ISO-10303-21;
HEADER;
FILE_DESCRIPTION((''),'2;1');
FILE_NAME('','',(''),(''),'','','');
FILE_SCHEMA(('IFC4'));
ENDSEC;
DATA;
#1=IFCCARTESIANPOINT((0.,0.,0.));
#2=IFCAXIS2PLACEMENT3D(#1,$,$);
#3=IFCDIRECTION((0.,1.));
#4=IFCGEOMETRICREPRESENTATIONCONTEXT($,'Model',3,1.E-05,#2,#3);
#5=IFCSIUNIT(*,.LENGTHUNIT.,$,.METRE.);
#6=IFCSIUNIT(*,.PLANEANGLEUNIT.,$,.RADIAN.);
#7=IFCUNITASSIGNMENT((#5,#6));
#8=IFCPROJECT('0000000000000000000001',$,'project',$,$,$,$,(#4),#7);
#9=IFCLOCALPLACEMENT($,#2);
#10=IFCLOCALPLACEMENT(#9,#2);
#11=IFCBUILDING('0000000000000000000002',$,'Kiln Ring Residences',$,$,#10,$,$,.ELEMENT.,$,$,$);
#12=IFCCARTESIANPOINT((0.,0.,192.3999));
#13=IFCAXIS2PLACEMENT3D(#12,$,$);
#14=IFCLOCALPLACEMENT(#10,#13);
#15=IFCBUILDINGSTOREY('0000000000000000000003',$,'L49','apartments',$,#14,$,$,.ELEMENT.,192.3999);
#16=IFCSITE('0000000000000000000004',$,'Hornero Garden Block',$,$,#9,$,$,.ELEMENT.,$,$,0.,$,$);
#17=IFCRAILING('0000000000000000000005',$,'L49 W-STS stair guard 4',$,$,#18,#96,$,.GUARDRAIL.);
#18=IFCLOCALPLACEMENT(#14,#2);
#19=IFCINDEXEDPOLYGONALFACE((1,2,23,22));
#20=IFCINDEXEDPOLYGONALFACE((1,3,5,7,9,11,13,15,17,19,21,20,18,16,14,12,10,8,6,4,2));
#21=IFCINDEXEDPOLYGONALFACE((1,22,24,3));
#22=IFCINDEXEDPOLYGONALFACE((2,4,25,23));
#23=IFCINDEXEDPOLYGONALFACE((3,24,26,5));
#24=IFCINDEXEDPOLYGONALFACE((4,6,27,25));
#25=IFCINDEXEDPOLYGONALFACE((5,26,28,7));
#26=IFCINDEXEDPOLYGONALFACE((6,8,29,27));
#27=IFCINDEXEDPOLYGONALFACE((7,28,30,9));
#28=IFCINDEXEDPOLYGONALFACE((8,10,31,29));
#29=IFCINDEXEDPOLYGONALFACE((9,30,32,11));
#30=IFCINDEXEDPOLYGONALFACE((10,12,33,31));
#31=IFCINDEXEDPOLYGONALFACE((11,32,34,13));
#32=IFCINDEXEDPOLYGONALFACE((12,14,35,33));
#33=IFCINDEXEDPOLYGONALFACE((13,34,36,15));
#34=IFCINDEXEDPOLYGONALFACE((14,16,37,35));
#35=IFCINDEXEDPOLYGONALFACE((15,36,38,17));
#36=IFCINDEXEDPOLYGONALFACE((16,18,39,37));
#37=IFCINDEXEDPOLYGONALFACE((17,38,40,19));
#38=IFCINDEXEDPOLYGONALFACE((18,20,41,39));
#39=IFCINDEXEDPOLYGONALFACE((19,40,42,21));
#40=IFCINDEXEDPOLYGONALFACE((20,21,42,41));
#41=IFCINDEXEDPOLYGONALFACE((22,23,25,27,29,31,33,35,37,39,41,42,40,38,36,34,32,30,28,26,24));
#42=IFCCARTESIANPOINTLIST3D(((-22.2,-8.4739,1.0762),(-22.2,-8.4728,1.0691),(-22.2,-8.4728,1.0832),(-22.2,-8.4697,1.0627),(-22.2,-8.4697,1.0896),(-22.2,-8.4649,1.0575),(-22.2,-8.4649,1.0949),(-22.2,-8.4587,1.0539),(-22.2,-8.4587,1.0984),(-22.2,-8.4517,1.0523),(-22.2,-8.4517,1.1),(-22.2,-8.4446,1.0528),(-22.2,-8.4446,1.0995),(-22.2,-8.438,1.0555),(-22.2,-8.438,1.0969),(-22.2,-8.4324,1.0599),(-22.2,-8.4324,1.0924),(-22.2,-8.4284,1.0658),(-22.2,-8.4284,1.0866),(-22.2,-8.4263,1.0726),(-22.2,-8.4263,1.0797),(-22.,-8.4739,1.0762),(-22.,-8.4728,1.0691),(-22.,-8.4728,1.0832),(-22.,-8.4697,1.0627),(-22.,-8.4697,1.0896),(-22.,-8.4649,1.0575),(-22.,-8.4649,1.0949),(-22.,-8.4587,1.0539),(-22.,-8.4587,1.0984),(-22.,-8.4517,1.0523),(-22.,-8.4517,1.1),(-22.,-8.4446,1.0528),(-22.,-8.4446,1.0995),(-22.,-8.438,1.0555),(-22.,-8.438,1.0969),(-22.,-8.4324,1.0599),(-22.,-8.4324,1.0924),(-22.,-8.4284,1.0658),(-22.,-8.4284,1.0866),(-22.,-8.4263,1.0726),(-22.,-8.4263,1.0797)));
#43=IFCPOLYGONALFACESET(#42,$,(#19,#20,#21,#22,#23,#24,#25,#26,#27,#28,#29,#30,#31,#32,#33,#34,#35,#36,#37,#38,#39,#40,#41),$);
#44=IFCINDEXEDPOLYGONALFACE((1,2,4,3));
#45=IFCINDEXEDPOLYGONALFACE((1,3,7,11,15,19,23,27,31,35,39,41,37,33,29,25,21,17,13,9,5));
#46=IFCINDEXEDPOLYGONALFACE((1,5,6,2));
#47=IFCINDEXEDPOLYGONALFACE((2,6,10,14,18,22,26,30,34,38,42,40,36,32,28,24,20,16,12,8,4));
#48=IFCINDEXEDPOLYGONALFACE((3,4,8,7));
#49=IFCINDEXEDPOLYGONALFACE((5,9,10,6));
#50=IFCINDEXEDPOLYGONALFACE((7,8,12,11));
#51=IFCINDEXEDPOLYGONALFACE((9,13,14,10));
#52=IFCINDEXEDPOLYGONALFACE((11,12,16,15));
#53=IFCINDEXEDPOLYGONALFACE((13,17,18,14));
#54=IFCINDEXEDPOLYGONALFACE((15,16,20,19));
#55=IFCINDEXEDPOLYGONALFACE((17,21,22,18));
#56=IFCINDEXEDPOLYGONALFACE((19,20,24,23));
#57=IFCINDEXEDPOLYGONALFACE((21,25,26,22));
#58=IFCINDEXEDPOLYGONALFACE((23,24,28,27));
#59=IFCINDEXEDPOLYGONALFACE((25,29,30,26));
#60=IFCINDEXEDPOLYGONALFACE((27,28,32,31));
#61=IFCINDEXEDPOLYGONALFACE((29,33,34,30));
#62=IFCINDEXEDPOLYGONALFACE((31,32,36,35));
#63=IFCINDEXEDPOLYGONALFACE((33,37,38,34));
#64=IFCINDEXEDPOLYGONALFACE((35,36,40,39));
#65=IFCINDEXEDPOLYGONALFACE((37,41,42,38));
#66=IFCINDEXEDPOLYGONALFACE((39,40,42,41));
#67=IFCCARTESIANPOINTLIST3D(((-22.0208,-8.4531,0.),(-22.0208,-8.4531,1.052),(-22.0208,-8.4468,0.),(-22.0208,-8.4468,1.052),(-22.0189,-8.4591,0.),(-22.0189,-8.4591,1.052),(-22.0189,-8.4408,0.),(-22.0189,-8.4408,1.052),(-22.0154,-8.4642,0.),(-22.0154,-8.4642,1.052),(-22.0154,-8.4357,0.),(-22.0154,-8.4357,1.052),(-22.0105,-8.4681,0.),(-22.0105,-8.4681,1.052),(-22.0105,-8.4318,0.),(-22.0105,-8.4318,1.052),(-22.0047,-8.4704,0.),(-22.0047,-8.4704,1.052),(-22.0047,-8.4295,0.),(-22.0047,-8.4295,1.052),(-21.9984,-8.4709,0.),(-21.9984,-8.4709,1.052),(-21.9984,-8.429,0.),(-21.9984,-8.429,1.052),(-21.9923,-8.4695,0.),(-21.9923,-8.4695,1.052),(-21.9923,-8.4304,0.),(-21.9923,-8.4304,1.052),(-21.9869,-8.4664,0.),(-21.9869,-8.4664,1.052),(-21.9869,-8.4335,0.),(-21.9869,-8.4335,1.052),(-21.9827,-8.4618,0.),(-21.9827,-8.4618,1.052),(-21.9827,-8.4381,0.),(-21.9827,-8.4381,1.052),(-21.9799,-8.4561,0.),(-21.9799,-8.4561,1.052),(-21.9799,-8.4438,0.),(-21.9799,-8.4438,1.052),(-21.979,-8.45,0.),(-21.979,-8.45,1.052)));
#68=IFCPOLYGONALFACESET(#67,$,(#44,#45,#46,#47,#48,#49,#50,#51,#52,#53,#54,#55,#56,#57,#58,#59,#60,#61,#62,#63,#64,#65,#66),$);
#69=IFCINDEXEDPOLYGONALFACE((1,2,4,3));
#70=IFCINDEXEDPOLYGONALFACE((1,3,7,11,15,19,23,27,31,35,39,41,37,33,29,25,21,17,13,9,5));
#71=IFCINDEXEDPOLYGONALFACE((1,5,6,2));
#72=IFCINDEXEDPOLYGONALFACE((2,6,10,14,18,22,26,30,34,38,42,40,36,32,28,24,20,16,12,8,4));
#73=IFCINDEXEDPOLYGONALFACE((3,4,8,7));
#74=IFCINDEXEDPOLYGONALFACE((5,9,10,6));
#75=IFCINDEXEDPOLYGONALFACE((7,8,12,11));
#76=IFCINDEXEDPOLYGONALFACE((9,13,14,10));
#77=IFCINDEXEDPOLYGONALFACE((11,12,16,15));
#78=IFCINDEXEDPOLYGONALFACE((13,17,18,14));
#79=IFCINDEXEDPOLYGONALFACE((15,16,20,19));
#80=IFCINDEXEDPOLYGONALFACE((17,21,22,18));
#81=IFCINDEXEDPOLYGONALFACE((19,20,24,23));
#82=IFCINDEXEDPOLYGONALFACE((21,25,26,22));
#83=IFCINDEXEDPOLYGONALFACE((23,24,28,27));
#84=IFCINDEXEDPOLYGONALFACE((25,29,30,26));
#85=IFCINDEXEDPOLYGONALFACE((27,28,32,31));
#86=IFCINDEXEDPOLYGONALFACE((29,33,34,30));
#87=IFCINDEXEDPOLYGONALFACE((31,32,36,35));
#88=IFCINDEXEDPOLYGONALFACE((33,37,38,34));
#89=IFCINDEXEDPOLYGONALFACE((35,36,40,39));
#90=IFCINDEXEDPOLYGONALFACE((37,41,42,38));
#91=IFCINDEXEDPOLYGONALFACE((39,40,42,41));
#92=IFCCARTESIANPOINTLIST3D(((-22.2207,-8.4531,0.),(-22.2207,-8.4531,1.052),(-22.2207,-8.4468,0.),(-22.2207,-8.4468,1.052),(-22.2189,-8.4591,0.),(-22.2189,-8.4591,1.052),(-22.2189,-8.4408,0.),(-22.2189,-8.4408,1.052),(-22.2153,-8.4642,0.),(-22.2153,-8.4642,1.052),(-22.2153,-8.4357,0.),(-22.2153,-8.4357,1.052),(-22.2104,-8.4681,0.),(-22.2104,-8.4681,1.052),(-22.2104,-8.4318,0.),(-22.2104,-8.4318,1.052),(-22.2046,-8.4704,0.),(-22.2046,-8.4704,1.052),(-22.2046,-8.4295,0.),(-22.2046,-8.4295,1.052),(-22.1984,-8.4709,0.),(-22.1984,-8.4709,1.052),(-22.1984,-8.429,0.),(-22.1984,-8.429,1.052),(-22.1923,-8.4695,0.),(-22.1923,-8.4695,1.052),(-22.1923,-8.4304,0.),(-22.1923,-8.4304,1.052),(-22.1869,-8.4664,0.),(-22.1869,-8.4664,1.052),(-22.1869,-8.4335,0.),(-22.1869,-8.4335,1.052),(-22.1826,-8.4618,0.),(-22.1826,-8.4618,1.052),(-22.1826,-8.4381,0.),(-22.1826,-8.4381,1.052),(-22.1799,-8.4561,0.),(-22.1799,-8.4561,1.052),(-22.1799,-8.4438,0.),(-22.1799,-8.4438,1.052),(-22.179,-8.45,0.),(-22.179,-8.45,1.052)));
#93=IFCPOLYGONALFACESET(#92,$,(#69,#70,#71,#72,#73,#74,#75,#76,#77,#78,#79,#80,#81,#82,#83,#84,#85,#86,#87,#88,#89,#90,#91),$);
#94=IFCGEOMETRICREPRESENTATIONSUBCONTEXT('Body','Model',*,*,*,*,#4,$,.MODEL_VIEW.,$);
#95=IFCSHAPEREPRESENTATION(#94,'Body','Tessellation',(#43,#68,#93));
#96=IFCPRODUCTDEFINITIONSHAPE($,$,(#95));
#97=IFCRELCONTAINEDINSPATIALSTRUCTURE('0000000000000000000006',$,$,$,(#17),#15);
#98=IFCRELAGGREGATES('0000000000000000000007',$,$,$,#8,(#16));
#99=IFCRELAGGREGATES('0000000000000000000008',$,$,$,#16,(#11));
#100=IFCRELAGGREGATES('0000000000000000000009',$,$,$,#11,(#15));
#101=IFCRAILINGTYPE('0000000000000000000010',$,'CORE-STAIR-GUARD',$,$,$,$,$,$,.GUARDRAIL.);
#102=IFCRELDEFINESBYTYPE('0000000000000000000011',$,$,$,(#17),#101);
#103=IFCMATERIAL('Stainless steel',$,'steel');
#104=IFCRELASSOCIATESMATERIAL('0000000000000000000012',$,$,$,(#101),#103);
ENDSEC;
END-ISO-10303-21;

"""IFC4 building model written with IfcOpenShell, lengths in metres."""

from ifc_helpers import new_model, si_unit, direction, frame, origin, origin_2d, place, context, subcontext, project, spatial, circle, extrude, material, type_object, element, save


model = new_model("IFC4")

# Units and contexts
model_context = context("Model", 3, precision=1e-05, world=origin(), true_north=direction((0.0, 1.0)))
body_context = subcontext(model_context, "Body", "Model", "MODEL_VIEW")
ifc_project = project(units=[si_unit("LENGTHUNIT", "METRE"), si_unit("PLANEANGLEUNIT", "RADIAN")], contexts=[model_context])

# Site, building, storey
site_placement = place(None, origin())
site = spatial("IfcSite", under=ifc_project, at=site_placement, Name="Hornero Garden Block", CompositionType="ELEMENT", RefElevation=0.0)
building_placement = place(site_placement, origin())
building = spatial("IfcBuilding", under=site, at=building_placement, Name="Kiln Ring Residences", CompositionType="ELEMENT")
storey_placement = place(building_placement, frame((0.0, 0.0, 192.3999)))
storey = spatial("IfcBuildingStorey", under=building, at=storey_placement, Name="L49", Description="apartments", CompositionType="ELEMENT", Elevation=192.3999)

# Railing
ifc_material_1 = material(Name="Stainless steel", Category="steel")
railing_type_1 = type_object("IfcRailingType", Name="CORE-STAIR-GUARD", PredefinedType="GUARDRAIL", material=ifc_material_1)
railing_1_placement = place(storey_placement, frame((-22.0, -8.45, 0.0)))
element("IfcRailing", 1, at=railing_1_placement, inside=storey, type_object=railing_type_1, Name="L49 W-STS stair guard 4", PredefinedType="GUARDRAIL", context=body_context, shape_type="SweptSolid", body=[
    extrude(circle(Radius=0.0239, at=origin_2d()), frame((0.0, 0.0, 1.0762), z_axis=(-1.0, 0.0, 0.0), x_axis=(0.0, -1.0, 0.0)), (0.0, 0.0, 1.0), 0.2),
    extrude(circle(Radius=0.021, at=origin_2d()), origin(), (0.0, 0.0, 1.0), 1.052),
    extrude(circle(Radius=0.021, at=origin_2d()), frame((-0.2, 0.0, 0.0)), (0.0, 0.0, 1.0), 1.052),
])

save(model, "model.ifc")
